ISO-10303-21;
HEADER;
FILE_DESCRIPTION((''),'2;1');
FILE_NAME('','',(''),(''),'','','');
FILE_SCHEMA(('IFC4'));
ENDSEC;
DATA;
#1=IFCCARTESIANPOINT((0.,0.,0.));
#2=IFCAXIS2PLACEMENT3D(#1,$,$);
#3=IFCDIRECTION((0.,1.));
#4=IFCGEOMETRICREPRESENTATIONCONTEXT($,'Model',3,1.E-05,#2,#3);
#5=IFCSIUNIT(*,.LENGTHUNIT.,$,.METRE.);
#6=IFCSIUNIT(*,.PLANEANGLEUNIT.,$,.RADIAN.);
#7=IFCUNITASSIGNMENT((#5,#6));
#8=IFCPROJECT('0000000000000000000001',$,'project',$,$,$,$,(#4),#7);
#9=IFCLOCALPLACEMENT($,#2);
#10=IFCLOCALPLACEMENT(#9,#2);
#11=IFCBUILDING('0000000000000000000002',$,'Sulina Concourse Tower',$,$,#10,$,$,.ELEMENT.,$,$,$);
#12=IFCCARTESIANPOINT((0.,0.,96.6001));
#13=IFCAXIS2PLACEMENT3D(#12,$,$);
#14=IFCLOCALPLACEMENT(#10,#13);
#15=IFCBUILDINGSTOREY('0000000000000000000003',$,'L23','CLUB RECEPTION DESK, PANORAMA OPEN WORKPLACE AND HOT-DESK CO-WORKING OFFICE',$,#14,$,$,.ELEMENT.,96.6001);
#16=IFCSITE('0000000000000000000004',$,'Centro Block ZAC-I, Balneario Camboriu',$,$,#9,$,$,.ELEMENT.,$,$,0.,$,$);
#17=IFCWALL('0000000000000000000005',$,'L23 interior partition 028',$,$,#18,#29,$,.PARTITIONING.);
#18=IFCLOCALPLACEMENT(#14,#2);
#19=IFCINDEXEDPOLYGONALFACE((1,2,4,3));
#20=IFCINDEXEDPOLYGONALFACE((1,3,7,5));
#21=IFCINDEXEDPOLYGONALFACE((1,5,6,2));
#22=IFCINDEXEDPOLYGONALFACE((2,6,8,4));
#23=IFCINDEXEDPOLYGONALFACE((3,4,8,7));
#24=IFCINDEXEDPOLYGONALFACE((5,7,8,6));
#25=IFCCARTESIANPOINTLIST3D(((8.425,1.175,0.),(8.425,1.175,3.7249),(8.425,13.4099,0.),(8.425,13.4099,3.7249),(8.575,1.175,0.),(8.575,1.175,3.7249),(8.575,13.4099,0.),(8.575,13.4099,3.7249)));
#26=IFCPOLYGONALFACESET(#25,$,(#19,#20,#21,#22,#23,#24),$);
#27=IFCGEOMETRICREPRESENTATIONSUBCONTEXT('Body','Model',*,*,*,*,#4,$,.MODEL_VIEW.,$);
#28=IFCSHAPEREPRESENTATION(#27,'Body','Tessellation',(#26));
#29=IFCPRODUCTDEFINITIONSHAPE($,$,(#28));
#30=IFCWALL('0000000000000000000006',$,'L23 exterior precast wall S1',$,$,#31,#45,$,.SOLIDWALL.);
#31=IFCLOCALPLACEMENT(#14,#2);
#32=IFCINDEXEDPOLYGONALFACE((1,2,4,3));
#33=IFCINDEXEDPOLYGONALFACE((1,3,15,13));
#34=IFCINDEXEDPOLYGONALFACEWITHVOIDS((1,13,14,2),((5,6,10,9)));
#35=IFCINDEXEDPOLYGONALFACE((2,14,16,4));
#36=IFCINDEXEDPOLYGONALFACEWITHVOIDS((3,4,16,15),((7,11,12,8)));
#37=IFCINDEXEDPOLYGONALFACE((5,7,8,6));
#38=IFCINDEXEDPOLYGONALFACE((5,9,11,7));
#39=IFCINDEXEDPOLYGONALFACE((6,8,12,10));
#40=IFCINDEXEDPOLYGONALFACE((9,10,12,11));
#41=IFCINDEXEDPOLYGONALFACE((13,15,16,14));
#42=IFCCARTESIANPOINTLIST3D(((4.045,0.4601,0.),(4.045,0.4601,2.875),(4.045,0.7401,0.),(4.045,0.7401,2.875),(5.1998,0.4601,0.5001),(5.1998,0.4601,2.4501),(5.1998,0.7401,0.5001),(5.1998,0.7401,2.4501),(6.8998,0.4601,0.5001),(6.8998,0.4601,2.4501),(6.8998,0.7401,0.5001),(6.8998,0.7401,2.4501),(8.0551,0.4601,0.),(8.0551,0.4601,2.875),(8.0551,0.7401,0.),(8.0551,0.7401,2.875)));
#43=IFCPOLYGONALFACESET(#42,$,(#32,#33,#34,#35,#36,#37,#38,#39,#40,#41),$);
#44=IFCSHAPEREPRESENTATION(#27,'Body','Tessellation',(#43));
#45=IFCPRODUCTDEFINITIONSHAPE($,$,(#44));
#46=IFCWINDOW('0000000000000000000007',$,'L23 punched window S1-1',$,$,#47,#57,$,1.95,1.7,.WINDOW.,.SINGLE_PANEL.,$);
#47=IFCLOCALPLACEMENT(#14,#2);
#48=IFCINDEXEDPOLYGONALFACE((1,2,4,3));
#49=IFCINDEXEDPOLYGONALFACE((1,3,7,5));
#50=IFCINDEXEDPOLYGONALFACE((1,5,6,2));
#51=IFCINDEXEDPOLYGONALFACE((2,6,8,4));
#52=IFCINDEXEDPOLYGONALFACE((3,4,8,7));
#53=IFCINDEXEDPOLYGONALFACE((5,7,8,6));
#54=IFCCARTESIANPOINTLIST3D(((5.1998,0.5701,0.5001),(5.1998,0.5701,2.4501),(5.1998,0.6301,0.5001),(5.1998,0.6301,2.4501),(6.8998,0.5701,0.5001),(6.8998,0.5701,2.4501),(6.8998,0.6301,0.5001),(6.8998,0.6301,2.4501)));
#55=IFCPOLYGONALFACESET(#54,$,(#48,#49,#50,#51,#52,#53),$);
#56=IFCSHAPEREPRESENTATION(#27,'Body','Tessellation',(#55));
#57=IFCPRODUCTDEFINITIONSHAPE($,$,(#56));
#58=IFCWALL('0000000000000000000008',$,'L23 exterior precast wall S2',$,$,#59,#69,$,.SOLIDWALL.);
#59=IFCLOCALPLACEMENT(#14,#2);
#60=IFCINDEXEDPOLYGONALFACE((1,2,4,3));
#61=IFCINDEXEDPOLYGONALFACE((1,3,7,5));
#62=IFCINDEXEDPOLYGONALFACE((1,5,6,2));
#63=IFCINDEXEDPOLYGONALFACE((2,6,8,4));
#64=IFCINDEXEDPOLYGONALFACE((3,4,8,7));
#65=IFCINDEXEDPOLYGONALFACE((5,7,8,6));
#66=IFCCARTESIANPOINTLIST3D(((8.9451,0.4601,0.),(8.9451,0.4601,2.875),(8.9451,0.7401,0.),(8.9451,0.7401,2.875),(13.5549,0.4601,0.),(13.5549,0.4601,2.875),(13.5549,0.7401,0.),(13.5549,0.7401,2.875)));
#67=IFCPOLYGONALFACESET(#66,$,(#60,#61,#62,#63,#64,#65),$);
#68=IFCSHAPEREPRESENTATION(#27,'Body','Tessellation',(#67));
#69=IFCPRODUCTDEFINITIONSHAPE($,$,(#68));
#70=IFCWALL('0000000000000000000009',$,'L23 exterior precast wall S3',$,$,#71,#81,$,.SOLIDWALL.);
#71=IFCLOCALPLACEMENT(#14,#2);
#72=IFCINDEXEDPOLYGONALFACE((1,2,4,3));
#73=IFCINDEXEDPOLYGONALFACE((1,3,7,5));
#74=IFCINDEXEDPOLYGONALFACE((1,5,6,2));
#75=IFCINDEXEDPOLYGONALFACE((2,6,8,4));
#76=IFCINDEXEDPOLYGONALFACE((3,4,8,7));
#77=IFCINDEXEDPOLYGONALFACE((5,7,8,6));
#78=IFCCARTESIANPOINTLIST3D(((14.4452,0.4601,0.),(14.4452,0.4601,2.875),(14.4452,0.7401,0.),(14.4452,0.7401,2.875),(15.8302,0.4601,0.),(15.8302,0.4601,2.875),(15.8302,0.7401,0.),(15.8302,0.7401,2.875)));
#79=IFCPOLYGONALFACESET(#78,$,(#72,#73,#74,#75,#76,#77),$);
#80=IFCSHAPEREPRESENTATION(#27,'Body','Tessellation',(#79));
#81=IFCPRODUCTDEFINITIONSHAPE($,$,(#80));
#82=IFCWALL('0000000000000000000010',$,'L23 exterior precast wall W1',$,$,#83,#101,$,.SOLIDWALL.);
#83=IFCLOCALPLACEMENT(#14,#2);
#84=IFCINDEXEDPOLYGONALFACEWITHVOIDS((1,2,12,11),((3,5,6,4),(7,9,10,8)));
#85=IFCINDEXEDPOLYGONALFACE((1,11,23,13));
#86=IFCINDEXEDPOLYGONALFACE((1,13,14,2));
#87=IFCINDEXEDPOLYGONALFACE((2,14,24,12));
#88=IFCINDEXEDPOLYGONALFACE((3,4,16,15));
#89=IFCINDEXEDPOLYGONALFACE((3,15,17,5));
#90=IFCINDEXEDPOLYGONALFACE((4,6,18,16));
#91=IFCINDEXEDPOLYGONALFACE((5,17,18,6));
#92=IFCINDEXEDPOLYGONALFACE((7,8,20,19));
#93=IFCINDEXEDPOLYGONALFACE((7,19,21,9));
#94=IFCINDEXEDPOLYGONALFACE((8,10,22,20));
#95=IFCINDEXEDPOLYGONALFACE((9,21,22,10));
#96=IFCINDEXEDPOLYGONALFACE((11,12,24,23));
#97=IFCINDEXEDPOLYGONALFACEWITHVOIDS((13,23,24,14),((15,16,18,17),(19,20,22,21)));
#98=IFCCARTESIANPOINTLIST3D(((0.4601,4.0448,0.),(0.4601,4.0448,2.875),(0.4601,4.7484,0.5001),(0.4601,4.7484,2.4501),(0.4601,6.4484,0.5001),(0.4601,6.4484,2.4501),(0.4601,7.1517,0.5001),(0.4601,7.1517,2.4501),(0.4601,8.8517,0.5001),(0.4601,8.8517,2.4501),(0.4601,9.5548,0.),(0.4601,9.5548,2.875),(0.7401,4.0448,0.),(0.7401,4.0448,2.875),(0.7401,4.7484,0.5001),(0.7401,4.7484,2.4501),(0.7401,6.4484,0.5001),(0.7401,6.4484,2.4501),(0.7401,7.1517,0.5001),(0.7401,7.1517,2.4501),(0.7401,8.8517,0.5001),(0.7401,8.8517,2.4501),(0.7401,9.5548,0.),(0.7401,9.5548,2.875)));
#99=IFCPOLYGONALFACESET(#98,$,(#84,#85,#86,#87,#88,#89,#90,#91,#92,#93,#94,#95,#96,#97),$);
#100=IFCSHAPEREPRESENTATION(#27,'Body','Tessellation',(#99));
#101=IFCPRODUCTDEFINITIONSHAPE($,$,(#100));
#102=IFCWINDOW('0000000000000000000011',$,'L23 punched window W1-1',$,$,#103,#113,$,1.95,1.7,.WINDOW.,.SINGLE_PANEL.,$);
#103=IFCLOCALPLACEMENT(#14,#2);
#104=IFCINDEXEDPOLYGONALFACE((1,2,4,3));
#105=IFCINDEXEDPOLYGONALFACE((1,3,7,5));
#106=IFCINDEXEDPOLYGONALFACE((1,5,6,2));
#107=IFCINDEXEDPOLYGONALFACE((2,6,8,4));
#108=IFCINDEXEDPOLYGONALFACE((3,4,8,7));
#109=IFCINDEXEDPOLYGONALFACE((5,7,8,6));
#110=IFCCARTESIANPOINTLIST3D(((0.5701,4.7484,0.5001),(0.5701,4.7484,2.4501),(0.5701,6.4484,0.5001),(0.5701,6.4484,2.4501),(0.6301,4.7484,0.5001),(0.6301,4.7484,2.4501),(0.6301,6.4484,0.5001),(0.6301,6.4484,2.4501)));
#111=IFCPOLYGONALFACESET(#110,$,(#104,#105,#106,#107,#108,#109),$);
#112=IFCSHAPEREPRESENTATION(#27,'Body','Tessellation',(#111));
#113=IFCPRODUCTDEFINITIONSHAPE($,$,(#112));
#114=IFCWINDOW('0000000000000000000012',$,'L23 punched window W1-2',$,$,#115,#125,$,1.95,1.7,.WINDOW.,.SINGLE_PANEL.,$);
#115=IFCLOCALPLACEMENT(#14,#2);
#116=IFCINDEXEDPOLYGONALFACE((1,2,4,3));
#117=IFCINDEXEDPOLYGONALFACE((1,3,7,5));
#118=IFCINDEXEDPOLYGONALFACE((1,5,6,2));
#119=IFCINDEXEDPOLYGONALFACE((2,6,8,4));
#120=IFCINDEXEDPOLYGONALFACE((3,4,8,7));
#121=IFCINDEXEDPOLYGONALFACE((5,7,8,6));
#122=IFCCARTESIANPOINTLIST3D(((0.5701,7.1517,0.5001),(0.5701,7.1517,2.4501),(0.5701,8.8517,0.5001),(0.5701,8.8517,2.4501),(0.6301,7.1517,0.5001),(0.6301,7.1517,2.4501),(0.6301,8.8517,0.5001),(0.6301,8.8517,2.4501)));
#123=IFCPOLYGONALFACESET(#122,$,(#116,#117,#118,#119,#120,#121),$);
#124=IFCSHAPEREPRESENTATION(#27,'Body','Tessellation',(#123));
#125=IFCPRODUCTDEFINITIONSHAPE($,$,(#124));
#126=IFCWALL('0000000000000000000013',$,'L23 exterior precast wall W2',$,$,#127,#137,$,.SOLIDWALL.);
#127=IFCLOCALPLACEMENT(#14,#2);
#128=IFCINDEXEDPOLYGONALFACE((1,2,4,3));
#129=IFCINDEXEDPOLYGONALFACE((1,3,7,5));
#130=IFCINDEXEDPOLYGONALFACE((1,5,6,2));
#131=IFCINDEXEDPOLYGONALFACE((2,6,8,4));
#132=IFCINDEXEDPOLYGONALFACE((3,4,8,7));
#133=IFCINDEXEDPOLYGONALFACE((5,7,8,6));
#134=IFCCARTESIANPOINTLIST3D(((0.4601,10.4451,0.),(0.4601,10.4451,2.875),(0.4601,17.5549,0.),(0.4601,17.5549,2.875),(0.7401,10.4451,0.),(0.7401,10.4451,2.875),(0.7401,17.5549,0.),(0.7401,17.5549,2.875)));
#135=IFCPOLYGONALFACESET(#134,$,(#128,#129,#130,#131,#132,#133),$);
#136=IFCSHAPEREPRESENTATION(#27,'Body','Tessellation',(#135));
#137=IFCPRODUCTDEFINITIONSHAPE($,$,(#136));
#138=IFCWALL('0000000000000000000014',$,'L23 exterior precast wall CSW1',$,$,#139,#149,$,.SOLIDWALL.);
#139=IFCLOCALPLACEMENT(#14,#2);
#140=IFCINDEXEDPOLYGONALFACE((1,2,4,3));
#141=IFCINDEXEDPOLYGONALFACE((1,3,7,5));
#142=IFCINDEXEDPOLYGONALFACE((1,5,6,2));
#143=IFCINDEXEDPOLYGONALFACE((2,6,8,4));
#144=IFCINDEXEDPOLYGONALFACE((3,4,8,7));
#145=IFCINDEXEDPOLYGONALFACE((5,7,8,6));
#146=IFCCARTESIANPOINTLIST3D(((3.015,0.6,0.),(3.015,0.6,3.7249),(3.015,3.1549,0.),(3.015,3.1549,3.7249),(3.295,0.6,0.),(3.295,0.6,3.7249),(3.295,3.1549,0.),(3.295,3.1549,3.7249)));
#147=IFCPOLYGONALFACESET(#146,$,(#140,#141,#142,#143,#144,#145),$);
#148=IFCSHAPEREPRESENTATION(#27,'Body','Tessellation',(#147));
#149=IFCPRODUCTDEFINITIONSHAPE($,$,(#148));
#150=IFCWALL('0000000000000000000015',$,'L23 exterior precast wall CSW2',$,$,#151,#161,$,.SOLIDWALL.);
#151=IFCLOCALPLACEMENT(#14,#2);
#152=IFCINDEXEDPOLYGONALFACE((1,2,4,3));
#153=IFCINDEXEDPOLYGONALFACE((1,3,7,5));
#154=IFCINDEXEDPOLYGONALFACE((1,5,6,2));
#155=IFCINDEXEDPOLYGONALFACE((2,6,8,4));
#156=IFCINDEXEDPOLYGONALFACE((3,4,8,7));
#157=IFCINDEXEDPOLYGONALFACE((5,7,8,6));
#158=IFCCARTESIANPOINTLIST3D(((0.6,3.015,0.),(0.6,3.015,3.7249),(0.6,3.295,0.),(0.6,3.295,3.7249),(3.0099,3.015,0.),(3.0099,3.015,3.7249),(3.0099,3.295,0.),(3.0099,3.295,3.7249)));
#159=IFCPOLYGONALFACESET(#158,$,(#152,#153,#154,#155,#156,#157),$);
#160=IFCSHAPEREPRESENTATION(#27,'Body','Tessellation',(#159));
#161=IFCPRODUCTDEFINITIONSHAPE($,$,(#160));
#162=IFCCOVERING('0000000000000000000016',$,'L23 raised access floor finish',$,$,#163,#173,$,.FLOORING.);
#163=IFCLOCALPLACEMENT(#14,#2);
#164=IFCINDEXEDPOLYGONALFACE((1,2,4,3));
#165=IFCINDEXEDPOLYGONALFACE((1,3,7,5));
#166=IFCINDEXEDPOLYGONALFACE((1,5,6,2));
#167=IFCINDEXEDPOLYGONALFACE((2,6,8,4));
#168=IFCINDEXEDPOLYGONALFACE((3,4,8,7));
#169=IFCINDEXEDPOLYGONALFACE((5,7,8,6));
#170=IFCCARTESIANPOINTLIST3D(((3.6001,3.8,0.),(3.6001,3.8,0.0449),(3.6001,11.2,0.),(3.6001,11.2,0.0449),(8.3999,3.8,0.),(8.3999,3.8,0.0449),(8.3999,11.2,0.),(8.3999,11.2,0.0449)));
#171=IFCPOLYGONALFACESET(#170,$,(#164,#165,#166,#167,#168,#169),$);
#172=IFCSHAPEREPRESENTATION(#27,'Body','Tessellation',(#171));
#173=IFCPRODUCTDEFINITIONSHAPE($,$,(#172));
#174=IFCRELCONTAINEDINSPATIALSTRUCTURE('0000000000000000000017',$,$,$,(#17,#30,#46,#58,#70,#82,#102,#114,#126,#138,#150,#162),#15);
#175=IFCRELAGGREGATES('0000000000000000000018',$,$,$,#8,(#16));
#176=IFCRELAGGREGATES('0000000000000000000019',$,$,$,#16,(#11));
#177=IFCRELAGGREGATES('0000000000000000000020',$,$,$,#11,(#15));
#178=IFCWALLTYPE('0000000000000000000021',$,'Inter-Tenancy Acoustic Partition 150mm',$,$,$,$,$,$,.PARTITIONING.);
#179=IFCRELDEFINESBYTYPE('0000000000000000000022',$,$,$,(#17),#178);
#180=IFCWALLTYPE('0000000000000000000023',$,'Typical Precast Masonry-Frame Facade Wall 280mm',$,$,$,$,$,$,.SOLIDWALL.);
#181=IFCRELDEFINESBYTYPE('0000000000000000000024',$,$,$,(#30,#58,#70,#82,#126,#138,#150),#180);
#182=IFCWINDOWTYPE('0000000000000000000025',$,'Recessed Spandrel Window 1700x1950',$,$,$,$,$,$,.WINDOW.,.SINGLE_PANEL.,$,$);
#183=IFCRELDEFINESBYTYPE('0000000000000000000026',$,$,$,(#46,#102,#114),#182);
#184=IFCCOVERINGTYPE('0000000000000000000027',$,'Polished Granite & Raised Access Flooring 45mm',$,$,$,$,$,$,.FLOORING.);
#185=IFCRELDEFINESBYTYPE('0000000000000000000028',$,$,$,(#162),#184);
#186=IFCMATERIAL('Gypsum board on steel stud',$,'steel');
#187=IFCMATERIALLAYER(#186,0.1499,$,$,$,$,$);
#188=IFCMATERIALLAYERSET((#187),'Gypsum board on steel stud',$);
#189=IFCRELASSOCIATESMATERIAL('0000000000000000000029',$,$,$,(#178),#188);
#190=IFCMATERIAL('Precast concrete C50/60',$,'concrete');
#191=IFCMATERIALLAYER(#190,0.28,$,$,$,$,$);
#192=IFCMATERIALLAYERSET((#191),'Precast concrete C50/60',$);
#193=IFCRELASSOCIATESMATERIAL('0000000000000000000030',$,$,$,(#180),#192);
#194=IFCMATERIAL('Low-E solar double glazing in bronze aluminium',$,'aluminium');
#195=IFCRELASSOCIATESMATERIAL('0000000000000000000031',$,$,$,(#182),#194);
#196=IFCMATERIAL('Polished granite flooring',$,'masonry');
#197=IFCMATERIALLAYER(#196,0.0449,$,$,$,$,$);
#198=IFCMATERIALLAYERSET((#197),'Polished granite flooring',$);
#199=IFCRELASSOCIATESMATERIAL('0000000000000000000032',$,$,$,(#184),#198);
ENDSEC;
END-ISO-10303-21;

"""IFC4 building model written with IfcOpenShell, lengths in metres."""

from ifc_helpers import new_model, si_unit, direction, frame, frame_2d, origin, place, context, subcontext, project, spatial, polyline, rectangle, outline, extrude, material, layer, layer_set, type_object, element, fill, save


model = new_model("IFC4")

# Units and contexts
model_context = context("Model", 3, precision=1e-05, world=origin(), true_north=direction((0.0, 1.0)))
body_context = subcontext(model_context, "Body", "Model", "MODEL_VIEW")
ifc_project = project(units=[si_unit("LENGTHUNIT", "METRE"), si_unit("PLANEANGLEUNIT", "RADIAN")], contexts=[model_context])

# Site, building, storey
site_placement = place(None, origin())
site = spatial("IfcSite", under=ifc_project, at=site_placement, Name="Centro Block ZAC-I, Balneario Camboriu", CompositionType="ELEMENT", RefElevation=0.0)
building_placement = place(site_placement, origin())
building = spatial("IfcBuilding", under=site, at=building_placement, Name="Sulina Concourse Tower", CompositionType="ELEMENT")
storey_placement = place(building_placement, frame((0.0, 0.0, 96.6001)))
storey = spatial("IfcBuildingStorey", under=building, at=storey_placement, Name="L23", Description="CLUB RECEPTION DESK, PANORAMA OPEN WORKPLACE AND HOT-DESK CO-WORKING OFFICE", CompositionType="ELEMENT", Elevation=96.6001)

# Wall
ifc_material_1 = material(Name="Gypsum board on steel stud", Category="steel")
ifc_layer_1 = layer(ifc_material_1, 0.1499)
ifc_layer_set_1 = layer_set([ifc_layer_1], Name="Gypsum board on steel stud")
wall_type_1 = type_object("IfcWallType", Name="Inter-Tenancy Acoustic Partition 150mm", PredefinedType="PARTITIONING", material=ifc_layer_set_1)
wall_1_placement = place(storey_placement, frame((8.5, 1.175, 0.0), z_axis=(0.0, 0.0, 1.0), x_axis=(0.0, 1.0, 0.0)))
element("IfcWall", 1, at=wall_1_placement, inside=storey, type_object=wall_type_1, Name="L23 interior partition 028", PredefinedType="PARTITIONING", context=body_context, shape_type="SweptSolid", body=[
    extrude(rectangle(XDim=12.2349, YDim=0.1499, at=frame_2d((6.1174, 0.0))), origin(), (0.0, 0.0, 1.0), 3.7249),
])

# Wall, opening, window
ifc_material_2 = material(Name="Precast concrete C50/60", Category="concrete")
ifc_layer_2 = layer(ifc_material_2, 0.28)
ifc_layer_set_2 = layer_set([ifc_layer_2], Name="Precast concrete C50/60")
wall_type_2 = type_object("IfcWallType", Name="Typical Precast Masonry-Frame Facade Wall 280mm", PredefinedType="SOLIDWALL", material=ifc_layer_set_2)
wall_2_placement = place(storey_placement, frame((8.0549, 0.6001, 0.0), z_axis=(0.0, 0.0, 1.0), x_axis=(-1.0, 0.0, 0.0)))
wall_2 = element("IfcWall", 2, at=wall_2_placement, inside=storey, type_object=wall_type_2, Name="L23 exterior precast wall S1", PredefinedType="SOLIDWALL", context=body_context, shape_type="SweptSolid", body=[
    extrude(rectangle(XDim=4.01, YDim=0.28, at=frame_2d((2.0049, 0.0))), origin(), (0.0, 0.0, 1.0), 2.875),
])
opening_1_placement = place(wall_2_placement, frame((1.155, 0.0, 0.5)))
opening_1 = element("IfcOpeningElement", 3, at=opening_1_placement, cuts=wall_2, PredefinedType="OPENING", context=body_context, shape_type="SweptSolid", body=[
    extrude(rectangle(XDim=1.7, YDim=1.95, at=frame_2d((0.8501, 0.9751))), frame((0.0, 0.1499, 0.0), z_axis=(0.0, -1.0, 0.0), x_axis=(1.0, 0.0, 0.0)), (0.0, 0.0, 1.0), 0.3),
])
ifc_material_3 = material(Name="Low-E solar double glazing in bronze aluminium", Category="aluminium")
window_type = type_object("IfcWindowType", Name="Recessed Spandrel Window 1700x1950", PartitioningType="SINGLE_PANEL", PredefinedType="WINDOW", material=ifc_material_3)
window_1_placement = place(opening_1_placement, origin())
window_1 = element("IfcWindow", 4, at=window_1_placement, inside=storey, type_object=window_type, Name="L23 punched window S1-1", OverallHeight=1.95, OverallWidth=1.7, PartitioningType="SINGLE_PANEL", PredefinedType="WINDOW", context=body_context, shape_type="SweptSolid", body=[
    extrude(rectangle(XDim=1.7, YDim=1.95, at=frame_2d((0.8501, 0.9751))), frame((0.0, 0.03, 0.0), z_axis=(0.0, -1.0, 0.0), x_axis=(1.0, 0.0, 0.0)), (0.0, 0.0, 1.0), 0.0601),
])
fill(opening_1, window_1)

# Walls
wall_3_placement = place(storey_placement, frame((13.5549, 0.6001, 0.0), z_axis=(0.0, 0.0, 1.0), x_axis=(-1.0, 0.0, 0.0)))
element("IfcWall", 5, at=wall_3_placement, inside=storey, type_object=wall_type_2, Name="L23 exterior precast wall S2", PredefinedType="SOLIDWALL", context=body_context, shape_type="SweptSolid", body=[
    extrude(rectangle(XDim=4.6099, YDim=0.28, at=frame_2d((2.3049, 0.0))), origin(), (0.0, 0.0, 1.0), 2.875),
])
wall_4_placement = place(storey_placement, frame((15.8301, 0.6001, 0.0), z_axis=(0.0, 0.0, 1.0), x_axis=(-1.0, 0.0, 0.0)))
element("IfcWall", 6, at=wall_4_placement, inside=storey, type_object=wall_type_2, Name="L23 exterior precast wall S3", PredefinedType="SOLIDWALL", context=body_context, shape_type="SweptSolid", body=[
    extrude(rectangle(XDim=1.385, YDim=0.28, at=frame_2d((0.6924, 0.0))), origin(), (0.0, 0.0, 1.0), 2.875),
])

# Wall, openings, windows
wall_5_placement = place(storey_placement, frame((0.6001, 4.0449, 0.0), z_axis=(0.0, 0.0, 1.0), x_axis=(0.0, 1.0, 0.0)))
wall_5 = element("IfcWall", 7, at=wall_5_placement, inside=storey, type_object=wall_type_2, Name="L23 exterior precast wall W1", PredefinedType="SOLIDWALL", context=body_context, shape_type="SweptSolid", body=[
    extrude(rectangle(XDim=5.51, YDim=0.28, at=frame_2d((2.7549, 0.0))), origin(), (0.0, 0.0, 1.0), 2.875),
])
opening_2_placement = place(wall_5_placement, frame((0.7034, 0.0, 0.5)))
opening_2 = element("IfcOpeningElement", 8, at=opening_2_placement, cuts=wall_5, PredefinedType="OPENING", context=body_context, shape_type="SweptSolid", body=[
    extrude(rectangle(XDim=1.7, YDim=1.95, at=frame_2d((0.8501, 0.9751))), frame((0.0, 0.1499, 0.0), z_axis=(0.0, -1.0, 0.0), x_axis=(1.0, 0.0, 0.0)), (0.0, 0.0, 1.0), 0.3),
])
opening_3_placement = place(wall_5_placement, frame((3.1067, 0.0, 0.5)))
opening_3 = element("IfcOpeningElement", 9, at=opening_3_placement, cuts=wall_5, PredefinedType="OPENING", context=body_context, shape_type="SweptSolid", body=[
    extrude(rectangle(XDim=1.7, YDim=1.95, at=frame_2d((0.8501, 0.9751))), frame((0.0, 0.1499, 0.0), z_axis=(0.0, -1.0, 0.0), x_axis=(1.0, 0.0, 0.0)), (0.0, 0.0, 1.0), 0.3),
])
window_2_placement = place(opening_2_placement, origin())
window_2 = element("IfcWindow", 10, at=window_2_placement, inside=storey, type_object=window_type, Name="L23 punched window W1-1", OverallHeight=1.95, OverallWidth=1.7, PartitioningType="SINGLE_PANEL", PredefinedType="WINDOW", context=body_context, shape_type="SweptSolid", body=[
    extrude(rectangle(XDim=1.7, YDim=1.95, at=frame_2d((0.8501, 0.9751))), frame((0.0, 0.03, 0.0), z_axis=(0.0, -1.0, 0.0), x_axis=(1.0, 0.0, 0.0)), (0.0, 0.0, 1.0), 0.0601),
])
fill(opening_2, window_2)
window_3_placement = place(opening_3_placement, origin())
window_3 = element("IfcWindow", 11, at=window_3_placement, inside=storey, type_object=window_type, Name="L23 punched window W1-2", OverallHeight=1.95, OverallWidth=1.7, PartitioningType="SINGLE_PANEL", PredefinedType="WINDOW", context=body_context, shape_type="SweptSolid", body=[
    extrude(rectangle(XDim=1.7, YDim=1.95, at=frame_2d((0.8501, 0.9751))), frame((0.0, 0.03, 0.0), z_axis=(0.0, -1.0, 0.0), x_axis=(1.0, 0.0, 0.0)), (0.0, 0.0, 1.0), 0.0601),
])
fill(opening_3, window_3)

# Walls
wall_6_placement = place(storey_placement, frame((0.6001, 10.4451, 0.0), z_axis=(0.0, 0.0, 1.0), x_axis=(0.0, 1.0, 0.0)))
element("IfcWall", 12, at=wall_6_placement, inside=storey, type_object=wall_type_2, Name="L23 exterior precast wall W2", PredefinedType="SOLIDWALL", context=body_context, shape_type="SweptSolid", body=[
    extrude(rectangle(XDim=7.1099, YDim=0.28, at=frame_2d((3.5549, 0.0))), origin(), (0.0, 0.0, 1.0), 2.875),
])
wall_7_placement = place(storey_placement, frame((3.155, 0.6001, 0.0), z_axis=(0.0, 0.0, 1.0), x_axis=(0.0, 1.0, 0.0)))
element("IfcWall", 13, at=wall_7_placement, inside=storey, type_object=wall_type_2, Name="L23 exterior precast wall CSW1", PredefinedType="SOLIDWALL", context=body_context, shape_type="SweptSolid", body=[
    extrude(rectangle(XDim=2.5549, YDim=0.28, at=frame_2d((1.2773, 0.0))), origin(), (0.0, 0.0, 1.0), 3.7249),
])
wall_8_placement = place(storey_placement, frame((3.01, 3.155, 0.0), z_axis=(0.0, 0.0, 1.0), x_axis=(-1.0, 0.0, 0.0)))
element("IfcWall", 14, at=wall_8_placement, inside=storey, type_object=wall_type_2, Name="L23 exterior precast wall CSW2", PredefinedType="SOLIDWALL", context=body_context, shape_type="SweptSolid", body=[
    extrude(rectangle(XDim=2.4099, YDim=0.28, at=frame_2d((1.2051, 0.0))), origin(), (0.0, 0.0, 1.0), 3.7249),
])

# Covering
ifc_material_4 = material(Name="Polished granite flooring", Category="masonry")
ifc_layer_3 = layer(ifc_material_4, 0.0449)
ifc_layer_set_3 = layer_set([ifc_layer_3], Name="Polished granite flooring")
covering_type_1 = type_object("IfcCoveringType", Name="Polished Granite & Raised Access Flooring 45mm", PredefinedType="FLOORING", material=ifc_layer_set_3)
covering_1_placement = place(storey_placement, origin())
element("IfcCovering", 15, at=covering_1_placement, inside=storey, type_object=covering_type_1, Name="L23 raised access floor finish", PredefinedType="FLOORING", context=body_context, shape_type="SweptSolid", body=[
    extrude(outline(polyline([(3.6001, 3.8), (8.3999, 3.8), (8.3999, 11.2), (3.6001, 11.2), (3.6001, 3.8)])), origin(), (0.0, 0.0, 1.0), 0.0449),
])

save(model, "model.ifc")
